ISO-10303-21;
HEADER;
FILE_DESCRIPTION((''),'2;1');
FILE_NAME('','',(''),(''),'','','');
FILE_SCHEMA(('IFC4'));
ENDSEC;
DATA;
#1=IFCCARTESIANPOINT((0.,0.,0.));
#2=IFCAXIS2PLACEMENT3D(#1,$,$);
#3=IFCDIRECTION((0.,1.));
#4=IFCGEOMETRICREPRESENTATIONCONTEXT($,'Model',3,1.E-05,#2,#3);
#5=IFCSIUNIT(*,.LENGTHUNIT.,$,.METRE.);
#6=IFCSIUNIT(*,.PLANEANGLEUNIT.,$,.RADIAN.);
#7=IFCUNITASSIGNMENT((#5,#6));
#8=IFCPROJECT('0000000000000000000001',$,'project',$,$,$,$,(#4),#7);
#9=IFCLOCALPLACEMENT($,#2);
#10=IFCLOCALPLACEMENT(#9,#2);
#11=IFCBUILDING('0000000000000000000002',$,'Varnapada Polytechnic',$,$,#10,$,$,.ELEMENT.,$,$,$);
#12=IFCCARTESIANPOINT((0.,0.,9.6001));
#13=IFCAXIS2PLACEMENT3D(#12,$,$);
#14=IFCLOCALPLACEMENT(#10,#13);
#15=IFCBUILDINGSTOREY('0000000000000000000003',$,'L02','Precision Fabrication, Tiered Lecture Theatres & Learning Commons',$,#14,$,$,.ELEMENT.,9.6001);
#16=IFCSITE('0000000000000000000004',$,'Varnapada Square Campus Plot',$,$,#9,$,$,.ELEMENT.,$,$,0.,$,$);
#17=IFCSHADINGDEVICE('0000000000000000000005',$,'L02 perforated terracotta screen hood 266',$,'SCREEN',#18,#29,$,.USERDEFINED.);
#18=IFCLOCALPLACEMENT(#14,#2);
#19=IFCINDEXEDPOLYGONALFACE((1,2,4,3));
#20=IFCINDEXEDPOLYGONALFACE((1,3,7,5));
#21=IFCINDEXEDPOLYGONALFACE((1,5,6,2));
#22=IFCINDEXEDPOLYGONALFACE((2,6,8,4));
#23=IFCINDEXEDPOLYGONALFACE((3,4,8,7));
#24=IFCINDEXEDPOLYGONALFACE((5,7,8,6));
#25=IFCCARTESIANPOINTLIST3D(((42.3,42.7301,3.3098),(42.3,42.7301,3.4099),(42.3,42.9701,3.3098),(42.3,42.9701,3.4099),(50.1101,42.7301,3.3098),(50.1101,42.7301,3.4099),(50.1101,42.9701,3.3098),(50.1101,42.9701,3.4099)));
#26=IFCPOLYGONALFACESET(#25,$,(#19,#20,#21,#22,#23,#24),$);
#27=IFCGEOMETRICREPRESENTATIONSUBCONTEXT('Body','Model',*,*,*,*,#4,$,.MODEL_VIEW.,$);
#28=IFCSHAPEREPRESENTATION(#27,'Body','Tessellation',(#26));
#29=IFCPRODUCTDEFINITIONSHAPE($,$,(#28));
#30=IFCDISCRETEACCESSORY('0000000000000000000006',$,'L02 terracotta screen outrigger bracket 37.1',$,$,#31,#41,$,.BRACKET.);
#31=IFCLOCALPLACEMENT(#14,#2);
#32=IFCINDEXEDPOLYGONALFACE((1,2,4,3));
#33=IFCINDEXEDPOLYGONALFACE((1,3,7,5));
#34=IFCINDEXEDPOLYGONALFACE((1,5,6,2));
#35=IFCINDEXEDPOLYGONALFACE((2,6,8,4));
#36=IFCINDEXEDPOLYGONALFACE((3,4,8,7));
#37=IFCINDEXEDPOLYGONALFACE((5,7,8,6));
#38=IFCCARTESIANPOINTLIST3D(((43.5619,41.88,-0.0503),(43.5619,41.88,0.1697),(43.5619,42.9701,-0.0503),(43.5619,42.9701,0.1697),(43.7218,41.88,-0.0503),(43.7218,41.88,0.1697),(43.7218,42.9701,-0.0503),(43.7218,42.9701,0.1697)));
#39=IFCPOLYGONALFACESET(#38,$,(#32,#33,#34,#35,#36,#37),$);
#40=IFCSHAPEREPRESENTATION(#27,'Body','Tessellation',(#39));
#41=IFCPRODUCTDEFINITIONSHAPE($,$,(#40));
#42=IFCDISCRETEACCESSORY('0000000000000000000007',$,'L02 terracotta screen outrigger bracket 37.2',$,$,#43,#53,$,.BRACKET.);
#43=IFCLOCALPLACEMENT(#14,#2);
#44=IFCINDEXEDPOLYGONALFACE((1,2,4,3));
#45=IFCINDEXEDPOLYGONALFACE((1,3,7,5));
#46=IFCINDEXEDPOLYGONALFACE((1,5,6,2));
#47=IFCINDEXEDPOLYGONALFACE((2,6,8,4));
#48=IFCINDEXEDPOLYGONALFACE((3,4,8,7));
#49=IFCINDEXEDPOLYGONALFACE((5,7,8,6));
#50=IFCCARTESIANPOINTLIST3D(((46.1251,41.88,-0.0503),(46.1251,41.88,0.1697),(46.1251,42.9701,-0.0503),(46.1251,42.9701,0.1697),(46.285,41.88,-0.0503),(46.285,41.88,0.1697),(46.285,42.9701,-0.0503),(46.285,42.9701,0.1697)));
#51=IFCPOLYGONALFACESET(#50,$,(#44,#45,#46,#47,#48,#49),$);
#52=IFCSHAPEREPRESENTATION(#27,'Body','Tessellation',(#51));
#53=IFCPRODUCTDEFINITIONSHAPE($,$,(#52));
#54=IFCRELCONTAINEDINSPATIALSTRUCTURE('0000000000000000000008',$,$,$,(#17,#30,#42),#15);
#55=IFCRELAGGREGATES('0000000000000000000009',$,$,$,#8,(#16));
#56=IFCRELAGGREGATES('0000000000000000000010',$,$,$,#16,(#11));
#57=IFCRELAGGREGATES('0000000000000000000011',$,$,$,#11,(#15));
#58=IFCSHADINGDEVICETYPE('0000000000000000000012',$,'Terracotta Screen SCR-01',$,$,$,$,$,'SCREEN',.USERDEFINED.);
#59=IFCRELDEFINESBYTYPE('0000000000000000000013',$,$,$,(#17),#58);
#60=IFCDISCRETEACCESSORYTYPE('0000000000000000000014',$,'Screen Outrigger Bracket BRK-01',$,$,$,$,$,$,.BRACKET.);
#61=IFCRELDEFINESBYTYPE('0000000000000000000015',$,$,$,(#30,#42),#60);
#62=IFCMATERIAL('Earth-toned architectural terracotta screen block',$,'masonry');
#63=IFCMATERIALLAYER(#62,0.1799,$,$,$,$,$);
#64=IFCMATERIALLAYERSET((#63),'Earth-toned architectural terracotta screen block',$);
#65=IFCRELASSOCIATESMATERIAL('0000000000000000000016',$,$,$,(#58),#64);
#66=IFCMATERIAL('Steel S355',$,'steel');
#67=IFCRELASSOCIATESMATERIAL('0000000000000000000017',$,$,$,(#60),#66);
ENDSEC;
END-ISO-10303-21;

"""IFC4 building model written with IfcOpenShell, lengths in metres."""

from ifc_helpers import new_model, si_unit, direction, frame, origin, origin_2d, place, context, subcontext, project, spatial, rectangle, extrude, material, layer, layer_set, type_object, element, save


model = new_model("IFC4")

# Units and contexts
model_context = context("Model", 3, precision=1e-05, world=origin(), true_north=direction((0.0, 1.0)))
body_context = subcontext(model_context, "Body", "Model", "MODEL_VIEW")
ifc_project = project(units=[si_unit("LENGTHUNIT", "METRE"), si_unit("PLANEANGLEUNIT", "RADIAN")], contexts=[model_context])

# Site, building, storey
site_placement = place(None, origin())
site = spatial("IfcSite", under=ifc_project, at=site_placement, Name="Varnapada Square Campus Plot", CompositionType="ELEMENT", RefElevation=0.0)
building_placement = place(site_placement, origin())
building = spatial("IfcBuilding", under=site, at=building_placement, Name="Varnapada Polytechnic", CompositionType="ELEMENT")
storey_placement = place(building_placement, frame((0.0, 0.0, 9.6001)))
storey = spatial("IfcBuildingStorey", under=building, at=storey_placement, Name="L02", Description="Precision Fabrication, Tiered Lecture Theatres & Learning Commons", CompositionType="ELEMENT", Elevation=9.6001)

# Shared definitions
ifc_material_1 = material(Name="Earth-toned architectural terracotta screen block", Category="masonry")

# Shading device
ifc_layer_1 = layer(ifc_material_1, 0.1799)
ifc_layer_set_1 = layer_set([ifc_layer_1], Name="Earth-toned architectural terracotta screen block")
shading_device_type = type_object("IfcShadingDeviceType", Name="Terracotta Screen SCR-01", ElementType="SCREEN", PredefinedType="USERDEFINED", material=ifc_layer_set_1)
for number, where, z_axis, x_axis, name in (
    (1, (46.2051, 42.8501, 3.3098), (0.0, 0.0, 1.0), (1.0, 0.0, 0.0), "L02 perforated terracotta screen hood 266"),
):
    element("IfcShadingDevice", number, at=place(storey_placement, frame(where, z_axis=z_axis, x_axis=x_axis)), inside=storey, type_object=shading_device_type, Name=name, ObjectType="SCREEN", PredefinedType="USERDEFINED", context=body_context, shape_type="SweptSolid", body=[
        extrude(rectangle(XDim=7.8101, YDim=0.24, at=origin_2d()), origin(), (0.0, 0.0, 1.0), 0.1001),
    ])

# Discrete accessories
ifc_material_2 = material(Name="Steel S355", Category="steel")
discrete_accessory_type = type_object("IfcDiscreteAccessoryType", Name="Screen Outrigger Bracket BRK-01", PredefinedType="BRACKET", material=ifc_material_2)
for number, where, z_axis, x_axis, name in (
    (2, (43.6418, 42.425, -0.0503), (0.0, 0.0, 1.0), (1.0, 0.0, 0.0), "L02 terracotta screen outrigger bracket 37.1"),
    (3, (46.2051, 42.425, -0.0503), (0.0, 0.0, 1.0), (1.0, 0.0, 0.0), "L02 terracotta screen outrigger bracket 37.2"),
):
    element("IfcDiscreteAccessory", number, at=place(storey_placement, frame(where, z_axis=z_axis, x_axis=x_axis)), inside=storey, type_object=discrete_accessory_type, Name=name, PredefinedType="BRACKET", context=body_context, shape_type="SweptSolid", body=[
        extrude(rectangle(XDim=0.1599, YDim=1.0901, at=origin_2d()), origin(), (0.0, 0.0, 1.0), 0.22),
    ])

save(model, "model.ifc")
